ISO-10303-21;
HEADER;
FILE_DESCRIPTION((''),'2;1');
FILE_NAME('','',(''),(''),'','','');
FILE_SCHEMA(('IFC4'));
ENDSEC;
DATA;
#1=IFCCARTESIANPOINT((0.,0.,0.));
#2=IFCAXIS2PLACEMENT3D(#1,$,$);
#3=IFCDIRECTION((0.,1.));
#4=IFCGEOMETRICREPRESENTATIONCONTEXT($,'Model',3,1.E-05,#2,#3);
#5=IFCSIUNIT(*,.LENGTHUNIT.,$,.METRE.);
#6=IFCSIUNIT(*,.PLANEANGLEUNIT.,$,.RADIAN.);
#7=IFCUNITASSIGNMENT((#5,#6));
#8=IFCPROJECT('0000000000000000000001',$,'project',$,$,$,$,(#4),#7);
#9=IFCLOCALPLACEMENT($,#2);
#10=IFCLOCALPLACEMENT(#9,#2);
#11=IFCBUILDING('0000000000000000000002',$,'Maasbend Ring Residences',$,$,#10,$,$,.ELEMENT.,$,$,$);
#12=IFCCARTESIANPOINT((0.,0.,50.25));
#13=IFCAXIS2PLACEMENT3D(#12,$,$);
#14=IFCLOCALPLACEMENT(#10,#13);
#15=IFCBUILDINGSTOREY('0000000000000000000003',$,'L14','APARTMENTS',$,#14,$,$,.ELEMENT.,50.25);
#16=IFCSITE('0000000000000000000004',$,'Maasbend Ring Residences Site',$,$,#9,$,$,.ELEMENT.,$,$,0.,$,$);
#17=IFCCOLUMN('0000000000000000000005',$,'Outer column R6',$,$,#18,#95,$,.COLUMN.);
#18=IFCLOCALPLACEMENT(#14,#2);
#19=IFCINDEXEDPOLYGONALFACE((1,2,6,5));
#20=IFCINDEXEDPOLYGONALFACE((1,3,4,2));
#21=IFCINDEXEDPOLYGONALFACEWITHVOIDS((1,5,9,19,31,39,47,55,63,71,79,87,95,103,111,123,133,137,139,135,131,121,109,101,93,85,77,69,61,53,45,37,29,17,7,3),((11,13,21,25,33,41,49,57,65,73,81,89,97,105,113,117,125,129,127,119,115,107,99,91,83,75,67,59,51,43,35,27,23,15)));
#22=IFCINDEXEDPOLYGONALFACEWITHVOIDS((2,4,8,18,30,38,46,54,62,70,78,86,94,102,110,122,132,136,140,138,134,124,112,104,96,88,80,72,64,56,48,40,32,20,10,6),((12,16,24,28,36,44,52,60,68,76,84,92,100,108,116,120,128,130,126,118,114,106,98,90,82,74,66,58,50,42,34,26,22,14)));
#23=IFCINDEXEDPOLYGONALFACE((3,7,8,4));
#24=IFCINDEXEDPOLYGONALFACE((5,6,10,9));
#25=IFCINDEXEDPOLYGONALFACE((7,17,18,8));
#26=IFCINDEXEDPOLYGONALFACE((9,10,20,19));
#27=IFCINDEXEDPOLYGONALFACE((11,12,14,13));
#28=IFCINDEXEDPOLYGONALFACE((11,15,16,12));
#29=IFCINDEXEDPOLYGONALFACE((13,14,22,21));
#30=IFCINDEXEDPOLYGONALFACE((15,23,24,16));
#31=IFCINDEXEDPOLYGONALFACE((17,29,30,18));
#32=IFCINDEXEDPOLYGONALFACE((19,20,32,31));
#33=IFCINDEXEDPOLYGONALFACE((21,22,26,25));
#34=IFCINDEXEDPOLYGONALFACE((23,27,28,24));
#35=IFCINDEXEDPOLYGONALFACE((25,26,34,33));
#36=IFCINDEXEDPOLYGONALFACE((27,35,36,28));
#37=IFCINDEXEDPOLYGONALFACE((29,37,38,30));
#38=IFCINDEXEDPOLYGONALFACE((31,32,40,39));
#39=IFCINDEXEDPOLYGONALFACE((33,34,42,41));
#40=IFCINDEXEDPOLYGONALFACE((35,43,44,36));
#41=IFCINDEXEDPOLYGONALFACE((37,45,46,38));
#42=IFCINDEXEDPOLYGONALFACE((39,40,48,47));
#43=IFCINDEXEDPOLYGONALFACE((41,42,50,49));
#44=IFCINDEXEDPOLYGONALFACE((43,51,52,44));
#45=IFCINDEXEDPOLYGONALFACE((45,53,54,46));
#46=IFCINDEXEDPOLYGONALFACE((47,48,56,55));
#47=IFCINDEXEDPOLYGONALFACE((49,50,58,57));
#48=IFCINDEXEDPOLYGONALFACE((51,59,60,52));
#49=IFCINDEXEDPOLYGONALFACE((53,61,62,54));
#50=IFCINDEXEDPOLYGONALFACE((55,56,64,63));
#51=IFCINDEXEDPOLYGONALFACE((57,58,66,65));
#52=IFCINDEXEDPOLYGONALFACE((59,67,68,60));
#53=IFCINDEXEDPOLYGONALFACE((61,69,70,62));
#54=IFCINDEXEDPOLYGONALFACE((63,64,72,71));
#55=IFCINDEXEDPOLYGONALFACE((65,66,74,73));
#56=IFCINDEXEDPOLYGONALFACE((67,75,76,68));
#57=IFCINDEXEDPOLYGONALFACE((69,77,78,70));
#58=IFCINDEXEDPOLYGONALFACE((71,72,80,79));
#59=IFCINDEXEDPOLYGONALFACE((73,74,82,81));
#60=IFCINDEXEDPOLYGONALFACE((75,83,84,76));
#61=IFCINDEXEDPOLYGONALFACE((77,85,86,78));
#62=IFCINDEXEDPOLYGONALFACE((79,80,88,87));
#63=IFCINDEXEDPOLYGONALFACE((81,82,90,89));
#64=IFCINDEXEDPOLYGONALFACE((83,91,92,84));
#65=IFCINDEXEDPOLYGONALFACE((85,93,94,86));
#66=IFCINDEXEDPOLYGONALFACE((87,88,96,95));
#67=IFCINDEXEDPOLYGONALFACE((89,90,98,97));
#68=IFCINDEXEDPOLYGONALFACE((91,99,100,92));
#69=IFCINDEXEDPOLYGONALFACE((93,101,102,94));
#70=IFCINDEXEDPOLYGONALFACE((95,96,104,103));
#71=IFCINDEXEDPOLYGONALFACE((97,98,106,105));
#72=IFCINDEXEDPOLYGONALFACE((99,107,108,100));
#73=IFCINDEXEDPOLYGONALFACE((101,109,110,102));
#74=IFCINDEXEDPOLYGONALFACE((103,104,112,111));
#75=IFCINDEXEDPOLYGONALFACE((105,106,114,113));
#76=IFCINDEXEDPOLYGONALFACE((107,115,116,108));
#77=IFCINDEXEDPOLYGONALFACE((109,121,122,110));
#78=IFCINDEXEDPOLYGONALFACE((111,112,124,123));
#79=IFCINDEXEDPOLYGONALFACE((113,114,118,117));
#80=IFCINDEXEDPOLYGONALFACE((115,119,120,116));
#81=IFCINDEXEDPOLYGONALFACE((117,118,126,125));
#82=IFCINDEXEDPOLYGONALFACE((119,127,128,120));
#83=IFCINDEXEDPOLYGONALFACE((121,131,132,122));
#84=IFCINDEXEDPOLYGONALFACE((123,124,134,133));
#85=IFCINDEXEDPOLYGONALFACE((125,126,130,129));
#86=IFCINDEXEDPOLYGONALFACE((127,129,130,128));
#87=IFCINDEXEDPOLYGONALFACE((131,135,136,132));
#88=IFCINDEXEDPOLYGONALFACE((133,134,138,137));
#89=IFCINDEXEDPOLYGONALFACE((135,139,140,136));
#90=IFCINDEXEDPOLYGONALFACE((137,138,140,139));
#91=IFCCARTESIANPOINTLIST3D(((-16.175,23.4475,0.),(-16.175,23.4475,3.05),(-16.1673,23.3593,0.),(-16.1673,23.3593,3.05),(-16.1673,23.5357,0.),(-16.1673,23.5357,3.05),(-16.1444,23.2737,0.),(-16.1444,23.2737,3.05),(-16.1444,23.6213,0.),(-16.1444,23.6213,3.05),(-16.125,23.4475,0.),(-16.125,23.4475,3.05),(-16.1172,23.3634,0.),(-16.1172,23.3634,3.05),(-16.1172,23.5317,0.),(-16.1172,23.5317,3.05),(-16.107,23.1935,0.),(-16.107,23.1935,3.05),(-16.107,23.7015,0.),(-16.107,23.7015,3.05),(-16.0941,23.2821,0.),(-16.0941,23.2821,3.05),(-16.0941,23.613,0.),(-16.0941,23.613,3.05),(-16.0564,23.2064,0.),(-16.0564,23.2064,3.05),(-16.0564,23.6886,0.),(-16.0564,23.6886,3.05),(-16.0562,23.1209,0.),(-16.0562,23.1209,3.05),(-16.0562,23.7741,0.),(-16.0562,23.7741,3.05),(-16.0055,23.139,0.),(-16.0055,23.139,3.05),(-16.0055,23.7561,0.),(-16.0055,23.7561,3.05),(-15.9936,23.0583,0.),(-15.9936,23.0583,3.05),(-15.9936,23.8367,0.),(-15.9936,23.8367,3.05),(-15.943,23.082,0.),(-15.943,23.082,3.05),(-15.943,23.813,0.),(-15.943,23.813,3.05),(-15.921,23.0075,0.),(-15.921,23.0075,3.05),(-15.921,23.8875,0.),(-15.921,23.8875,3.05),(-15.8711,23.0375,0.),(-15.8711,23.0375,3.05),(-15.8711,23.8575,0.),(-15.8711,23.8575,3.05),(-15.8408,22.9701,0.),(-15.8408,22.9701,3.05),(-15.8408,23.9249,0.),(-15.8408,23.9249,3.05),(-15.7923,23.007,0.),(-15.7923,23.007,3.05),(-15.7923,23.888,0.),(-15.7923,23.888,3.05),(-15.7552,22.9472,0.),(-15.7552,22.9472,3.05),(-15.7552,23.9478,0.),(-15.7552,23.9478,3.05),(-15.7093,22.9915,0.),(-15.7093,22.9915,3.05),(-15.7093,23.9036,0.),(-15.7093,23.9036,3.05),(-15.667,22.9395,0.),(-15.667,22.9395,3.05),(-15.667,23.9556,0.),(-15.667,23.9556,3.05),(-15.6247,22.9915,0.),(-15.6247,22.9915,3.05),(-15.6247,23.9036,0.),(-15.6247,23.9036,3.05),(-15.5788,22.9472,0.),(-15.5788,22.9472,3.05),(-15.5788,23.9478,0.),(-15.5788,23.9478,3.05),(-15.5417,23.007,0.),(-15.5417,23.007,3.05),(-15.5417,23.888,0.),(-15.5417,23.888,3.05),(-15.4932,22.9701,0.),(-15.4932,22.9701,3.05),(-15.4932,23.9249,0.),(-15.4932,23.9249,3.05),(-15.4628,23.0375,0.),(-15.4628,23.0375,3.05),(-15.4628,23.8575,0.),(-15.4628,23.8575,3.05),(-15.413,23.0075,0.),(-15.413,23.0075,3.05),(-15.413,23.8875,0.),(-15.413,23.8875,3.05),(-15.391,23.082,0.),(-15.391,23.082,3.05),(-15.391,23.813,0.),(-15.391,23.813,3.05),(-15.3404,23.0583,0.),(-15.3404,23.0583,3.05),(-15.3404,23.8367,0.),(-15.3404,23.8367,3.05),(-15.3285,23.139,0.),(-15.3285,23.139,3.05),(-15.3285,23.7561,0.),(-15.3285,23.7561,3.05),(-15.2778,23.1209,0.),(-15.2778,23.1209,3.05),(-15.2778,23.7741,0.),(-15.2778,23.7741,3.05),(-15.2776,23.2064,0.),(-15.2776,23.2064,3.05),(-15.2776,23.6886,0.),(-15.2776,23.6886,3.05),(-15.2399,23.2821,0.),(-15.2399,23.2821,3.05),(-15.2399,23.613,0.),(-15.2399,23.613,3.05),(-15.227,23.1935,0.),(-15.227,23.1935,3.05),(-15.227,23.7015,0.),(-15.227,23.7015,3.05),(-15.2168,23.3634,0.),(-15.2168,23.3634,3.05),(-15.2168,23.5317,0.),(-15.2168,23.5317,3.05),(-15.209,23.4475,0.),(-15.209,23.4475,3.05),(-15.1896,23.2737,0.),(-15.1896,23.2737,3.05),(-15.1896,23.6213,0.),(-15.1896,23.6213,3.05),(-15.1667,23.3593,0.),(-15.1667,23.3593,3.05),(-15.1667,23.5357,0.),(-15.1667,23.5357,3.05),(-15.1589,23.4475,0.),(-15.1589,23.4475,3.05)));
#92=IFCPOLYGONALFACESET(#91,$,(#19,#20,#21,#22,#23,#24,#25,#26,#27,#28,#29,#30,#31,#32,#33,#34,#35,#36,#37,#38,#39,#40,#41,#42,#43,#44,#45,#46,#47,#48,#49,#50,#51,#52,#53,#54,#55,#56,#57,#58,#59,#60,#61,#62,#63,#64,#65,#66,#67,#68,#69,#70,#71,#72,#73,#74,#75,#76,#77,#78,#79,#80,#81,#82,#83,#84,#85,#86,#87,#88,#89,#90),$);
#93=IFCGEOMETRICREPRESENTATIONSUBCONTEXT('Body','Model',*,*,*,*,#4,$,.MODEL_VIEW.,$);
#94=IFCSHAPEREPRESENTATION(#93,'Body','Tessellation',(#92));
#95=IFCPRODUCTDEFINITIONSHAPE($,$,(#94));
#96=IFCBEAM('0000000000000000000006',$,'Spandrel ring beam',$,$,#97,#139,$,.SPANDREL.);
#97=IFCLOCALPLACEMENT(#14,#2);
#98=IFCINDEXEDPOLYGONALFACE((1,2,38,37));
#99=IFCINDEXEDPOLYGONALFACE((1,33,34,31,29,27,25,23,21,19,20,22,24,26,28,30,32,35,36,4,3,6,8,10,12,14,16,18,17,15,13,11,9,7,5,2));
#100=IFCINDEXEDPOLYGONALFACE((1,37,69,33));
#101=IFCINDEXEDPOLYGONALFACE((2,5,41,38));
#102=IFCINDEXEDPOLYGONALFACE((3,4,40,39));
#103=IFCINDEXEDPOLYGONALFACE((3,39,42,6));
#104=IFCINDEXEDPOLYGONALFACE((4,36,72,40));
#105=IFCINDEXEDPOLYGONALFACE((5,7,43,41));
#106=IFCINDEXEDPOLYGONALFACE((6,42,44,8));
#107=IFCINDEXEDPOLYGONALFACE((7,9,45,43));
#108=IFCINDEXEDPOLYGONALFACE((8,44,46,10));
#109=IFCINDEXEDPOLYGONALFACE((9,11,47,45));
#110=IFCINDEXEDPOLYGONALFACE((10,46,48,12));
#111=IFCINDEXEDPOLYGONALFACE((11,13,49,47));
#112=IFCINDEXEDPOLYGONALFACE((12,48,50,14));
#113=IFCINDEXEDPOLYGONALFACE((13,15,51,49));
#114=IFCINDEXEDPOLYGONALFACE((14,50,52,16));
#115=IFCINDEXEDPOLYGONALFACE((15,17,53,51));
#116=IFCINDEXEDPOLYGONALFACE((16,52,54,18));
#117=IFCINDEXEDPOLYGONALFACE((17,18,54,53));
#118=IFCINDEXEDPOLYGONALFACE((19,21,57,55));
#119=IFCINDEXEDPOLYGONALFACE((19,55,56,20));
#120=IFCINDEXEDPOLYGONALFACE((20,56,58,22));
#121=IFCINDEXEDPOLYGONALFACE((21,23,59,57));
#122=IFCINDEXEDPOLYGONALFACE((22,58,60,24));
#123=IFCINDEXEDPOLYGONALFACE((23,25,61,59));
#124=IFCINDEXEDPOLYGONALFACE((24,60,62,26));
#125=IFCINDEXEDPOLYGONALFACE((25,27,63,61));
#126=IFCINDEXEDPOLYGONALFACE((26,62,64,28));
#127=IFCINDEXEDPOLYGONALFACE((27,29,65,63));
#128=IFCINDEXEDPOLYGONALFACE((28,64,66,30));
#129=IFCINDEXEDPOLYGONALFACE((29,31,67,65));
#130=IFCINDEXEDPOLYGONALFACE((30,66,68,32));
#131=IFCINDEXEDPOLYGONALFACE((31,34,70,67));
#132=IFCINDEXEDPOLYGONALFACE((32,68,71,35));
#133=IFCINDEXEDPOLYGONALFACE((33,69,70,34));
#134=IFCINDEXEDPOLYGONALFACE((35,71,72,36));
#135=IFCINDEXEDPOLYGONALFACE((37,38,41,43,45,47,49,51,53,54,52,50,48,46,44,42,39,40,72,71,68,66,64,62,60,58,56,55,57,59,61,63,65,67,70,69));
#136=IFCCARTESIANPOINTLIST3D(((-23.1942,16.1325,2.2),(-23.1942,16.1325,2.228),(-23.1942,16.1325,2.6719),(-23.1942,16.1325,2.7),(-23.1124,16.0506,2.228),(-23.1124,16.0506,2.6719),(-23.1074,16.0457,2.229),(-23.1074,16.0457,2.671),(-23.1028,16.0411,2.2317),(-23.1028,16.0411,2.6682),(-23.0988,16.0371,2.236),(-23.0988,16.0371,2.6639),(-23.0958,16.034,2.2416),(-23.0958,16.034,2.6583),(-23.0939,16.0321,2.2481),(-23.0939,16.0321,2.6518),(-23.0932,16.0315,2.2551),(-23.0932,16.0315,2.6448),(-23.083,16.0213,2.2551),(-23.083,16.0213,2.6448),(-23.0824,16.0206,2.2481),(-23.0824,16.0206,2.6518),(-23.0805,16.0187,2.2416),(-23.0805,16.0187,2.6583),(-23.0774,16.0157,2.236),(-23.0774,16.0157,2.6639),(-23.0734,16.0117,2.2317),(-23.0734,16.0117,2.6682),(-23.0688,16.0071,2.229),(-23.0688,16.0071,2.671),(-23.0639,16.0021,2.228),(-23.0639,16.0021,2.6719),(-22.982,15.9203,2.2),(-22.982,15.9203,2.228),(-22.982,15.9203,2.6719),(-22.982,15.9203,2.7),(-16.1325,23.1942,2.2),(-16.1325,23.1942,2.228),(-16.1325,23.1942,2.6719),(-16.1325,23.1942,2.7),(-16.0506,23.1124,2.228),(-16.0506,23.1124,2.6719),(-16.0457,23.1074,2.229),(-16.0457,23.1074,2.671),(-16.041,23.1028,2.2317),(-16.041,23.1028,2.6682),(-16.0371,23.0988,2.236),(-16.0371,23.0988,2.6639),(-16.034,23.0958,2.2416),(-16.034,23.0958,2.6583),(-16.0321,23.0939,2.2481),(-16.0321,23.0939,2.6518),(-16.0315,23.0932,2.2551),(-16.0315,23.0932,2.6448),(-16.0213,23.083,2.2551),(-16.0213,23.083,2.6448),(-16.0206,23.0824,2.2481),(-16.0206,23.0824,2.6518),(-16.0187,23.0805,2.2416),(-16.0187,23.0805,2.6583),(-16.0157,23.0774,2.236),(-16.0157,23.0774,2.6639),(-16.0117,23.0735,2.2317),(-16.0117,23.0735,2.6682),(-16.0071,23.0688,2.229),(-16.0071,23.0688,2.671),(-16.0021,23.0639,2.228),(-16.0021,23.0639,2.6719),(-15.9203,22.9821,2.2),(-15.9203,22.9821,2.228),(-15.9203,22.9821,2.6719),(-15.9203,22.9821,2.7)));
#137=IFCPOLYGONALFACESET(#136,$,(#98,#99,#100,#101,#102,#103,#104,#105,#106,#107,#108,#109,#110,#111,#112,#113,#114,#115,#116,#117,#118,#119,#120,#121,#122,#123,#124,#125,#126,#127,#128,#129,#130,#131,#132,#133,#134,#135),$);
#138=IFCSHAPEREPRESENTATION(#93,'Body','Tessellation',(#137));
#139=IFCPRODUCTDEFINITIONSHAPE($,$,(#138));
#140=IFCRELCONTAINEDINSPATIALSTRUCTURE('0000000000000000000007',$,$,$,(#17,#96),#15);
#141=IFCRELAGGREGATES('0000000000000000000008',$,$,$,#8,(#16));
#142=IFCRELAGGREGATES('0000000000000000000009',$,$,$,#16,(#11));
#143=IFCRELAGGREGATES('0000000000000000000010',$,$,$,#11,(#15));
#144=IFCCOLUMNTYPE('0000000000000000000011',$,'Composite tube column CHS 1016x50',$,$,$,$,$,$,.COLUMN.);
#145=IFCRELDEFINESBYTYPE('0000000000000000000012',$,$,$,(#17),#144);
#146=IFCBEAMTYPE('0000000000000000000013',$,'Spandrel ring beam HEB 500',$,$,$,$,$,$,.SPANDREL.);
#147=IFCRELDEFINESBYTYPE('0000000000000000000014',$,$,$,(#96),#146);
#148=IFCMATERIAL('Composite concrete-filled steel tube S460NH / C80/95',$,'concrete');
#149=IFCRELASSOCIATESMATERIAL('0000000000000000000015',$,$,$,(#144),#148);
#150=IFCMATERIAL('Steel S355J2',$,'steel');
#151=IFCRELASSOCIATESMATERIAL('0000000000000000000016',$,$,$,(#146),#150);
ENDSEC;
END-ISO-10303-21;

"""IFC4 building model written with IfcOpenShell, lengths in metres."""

from ifc_helpers import new_model, si_unit, direction, frame, origin, origin_2d, place, context, subcontext, project, spatial, hollow_circle, i_section, extrude, material, material_profile, profile_set, type_object, element, save


model = new_model("IFC4")

# Units and contexts
model_context = context("Model", 3, precision=1e-05, world=origin(), true_north=direction((0.0, 1.0)))
body_context = subcontext(model_context, "Body", "Model", "MODEL_VIEW")
ifc_project = project(units=[si_unit("LENGTHUNIT", "METRE"), si_unit("PLANEANGLEUNIT", "RADIAN")], contexts=[model_context])

# Site, building, storey
site_placement = place(None, origin())
site = spatial("IfcSite", under=ifc_project, at=site_placement, Name="Maasbend Ring Residences Site", CompositionType="ELEMENT", RefElevation=0.0)
building_placement = place(site_placement, origin())
building = spatial("IfcBuilding", under=site, at=building_placement, Name="Maasbend Ring Residences", CompositionType="ELEMENT")
storey_placement = place(building_placement, frame((0.0, 0.0, 50.25)))
storey = spatial("IfcBuildingStorey", under=building, at=storey_placement, Name="L14", Description="APARTMENTS", CompositionType="ELEMENT", Elevation=50.25)

# Column
ifc_material_1 = material(Name="Composite concrete-filled steel tube S460NH / C80/95", Category="concrete")
ifc_material_profile_1 = material_profile(ifc_material_1, hollow_circle(Radius=0.5081, WallThickness=0.05, at=origin_2d()), Name="Composite tube column CHS 1016x50")
ifc_profile_set_1 = profile_set([ifc_material_profile_1], Name="Composite concrete-filled steel tube S460NH / C80/95")
column_type = type_object("IfcColumnType", Name="Composite tube column CHS 1016x50", PredefinedType="COLUMN", material=ifc_profile_set_1)
column_placement = place(storey_placement, frame((-15.667, 23.4475, 0.0), z_axis=(0.0, 0.0, 1.0), x_axis=(1.0, 0.0, 0.0)))
element("IfcColumn", 1, at=column_placement, inside=storey, type_object=column_type, Name="Outer column R6", PredefinedType="COLUMN", context=body_context, shape_type="SweptSolid", body=[
    extrude(hollow_circle(Radius=0.5081, WallThickness=0.05, at=origin_2d()), origin(), (0.0, 0.0, 1.0), 3.05),
])

# Beam
ifc_material_2 = material(Name="Steel S355J2", Category="steel")
ifc_material_profile_2 = material_profile(ifc_material_2, i_section(OverallWidth=0.3, OverallDepth=0.5, WebThickness=0.0144, FlangeThickness=0.0281, FilletRadius=0.0271, at=origin_2d()), Name="HEB 500")
ifc_profile_set_2 = profile_set([ifc_material_profile_2], Name="Steel S355J2")
beam_type = type_object("IfcBeamType", Name="Spandrel ring beam HEB 500", PredefinedType="SPANDREL", material=ifc_profile_set_2)
beam_placement = place(storey_placement, frame((-16.0264, 23.0881, 2.45), z_axis=(-0.707107, -0.707107, 0.0), x_axis=(0.707107, -0.707107, 0.0)))
element("IfcBeam", 2, at=beam_placement, inside=storey, type_object=beam_type, Name="Spandrel ring beam", PredefinedType="SPANDREL", context=body_context, shape_type="SweptSolid", body=[
    extrude(i_section(OverallWidth=0.3, OverallDepth=0.5, WebThickness=0.0144, FlangeThickness=0.0281, FilletRadius=0.0271, at=origin_2d()), origin(), (0.0, 0.0, 1.0), 9.9868),
])

save(model, "model.ifc")
